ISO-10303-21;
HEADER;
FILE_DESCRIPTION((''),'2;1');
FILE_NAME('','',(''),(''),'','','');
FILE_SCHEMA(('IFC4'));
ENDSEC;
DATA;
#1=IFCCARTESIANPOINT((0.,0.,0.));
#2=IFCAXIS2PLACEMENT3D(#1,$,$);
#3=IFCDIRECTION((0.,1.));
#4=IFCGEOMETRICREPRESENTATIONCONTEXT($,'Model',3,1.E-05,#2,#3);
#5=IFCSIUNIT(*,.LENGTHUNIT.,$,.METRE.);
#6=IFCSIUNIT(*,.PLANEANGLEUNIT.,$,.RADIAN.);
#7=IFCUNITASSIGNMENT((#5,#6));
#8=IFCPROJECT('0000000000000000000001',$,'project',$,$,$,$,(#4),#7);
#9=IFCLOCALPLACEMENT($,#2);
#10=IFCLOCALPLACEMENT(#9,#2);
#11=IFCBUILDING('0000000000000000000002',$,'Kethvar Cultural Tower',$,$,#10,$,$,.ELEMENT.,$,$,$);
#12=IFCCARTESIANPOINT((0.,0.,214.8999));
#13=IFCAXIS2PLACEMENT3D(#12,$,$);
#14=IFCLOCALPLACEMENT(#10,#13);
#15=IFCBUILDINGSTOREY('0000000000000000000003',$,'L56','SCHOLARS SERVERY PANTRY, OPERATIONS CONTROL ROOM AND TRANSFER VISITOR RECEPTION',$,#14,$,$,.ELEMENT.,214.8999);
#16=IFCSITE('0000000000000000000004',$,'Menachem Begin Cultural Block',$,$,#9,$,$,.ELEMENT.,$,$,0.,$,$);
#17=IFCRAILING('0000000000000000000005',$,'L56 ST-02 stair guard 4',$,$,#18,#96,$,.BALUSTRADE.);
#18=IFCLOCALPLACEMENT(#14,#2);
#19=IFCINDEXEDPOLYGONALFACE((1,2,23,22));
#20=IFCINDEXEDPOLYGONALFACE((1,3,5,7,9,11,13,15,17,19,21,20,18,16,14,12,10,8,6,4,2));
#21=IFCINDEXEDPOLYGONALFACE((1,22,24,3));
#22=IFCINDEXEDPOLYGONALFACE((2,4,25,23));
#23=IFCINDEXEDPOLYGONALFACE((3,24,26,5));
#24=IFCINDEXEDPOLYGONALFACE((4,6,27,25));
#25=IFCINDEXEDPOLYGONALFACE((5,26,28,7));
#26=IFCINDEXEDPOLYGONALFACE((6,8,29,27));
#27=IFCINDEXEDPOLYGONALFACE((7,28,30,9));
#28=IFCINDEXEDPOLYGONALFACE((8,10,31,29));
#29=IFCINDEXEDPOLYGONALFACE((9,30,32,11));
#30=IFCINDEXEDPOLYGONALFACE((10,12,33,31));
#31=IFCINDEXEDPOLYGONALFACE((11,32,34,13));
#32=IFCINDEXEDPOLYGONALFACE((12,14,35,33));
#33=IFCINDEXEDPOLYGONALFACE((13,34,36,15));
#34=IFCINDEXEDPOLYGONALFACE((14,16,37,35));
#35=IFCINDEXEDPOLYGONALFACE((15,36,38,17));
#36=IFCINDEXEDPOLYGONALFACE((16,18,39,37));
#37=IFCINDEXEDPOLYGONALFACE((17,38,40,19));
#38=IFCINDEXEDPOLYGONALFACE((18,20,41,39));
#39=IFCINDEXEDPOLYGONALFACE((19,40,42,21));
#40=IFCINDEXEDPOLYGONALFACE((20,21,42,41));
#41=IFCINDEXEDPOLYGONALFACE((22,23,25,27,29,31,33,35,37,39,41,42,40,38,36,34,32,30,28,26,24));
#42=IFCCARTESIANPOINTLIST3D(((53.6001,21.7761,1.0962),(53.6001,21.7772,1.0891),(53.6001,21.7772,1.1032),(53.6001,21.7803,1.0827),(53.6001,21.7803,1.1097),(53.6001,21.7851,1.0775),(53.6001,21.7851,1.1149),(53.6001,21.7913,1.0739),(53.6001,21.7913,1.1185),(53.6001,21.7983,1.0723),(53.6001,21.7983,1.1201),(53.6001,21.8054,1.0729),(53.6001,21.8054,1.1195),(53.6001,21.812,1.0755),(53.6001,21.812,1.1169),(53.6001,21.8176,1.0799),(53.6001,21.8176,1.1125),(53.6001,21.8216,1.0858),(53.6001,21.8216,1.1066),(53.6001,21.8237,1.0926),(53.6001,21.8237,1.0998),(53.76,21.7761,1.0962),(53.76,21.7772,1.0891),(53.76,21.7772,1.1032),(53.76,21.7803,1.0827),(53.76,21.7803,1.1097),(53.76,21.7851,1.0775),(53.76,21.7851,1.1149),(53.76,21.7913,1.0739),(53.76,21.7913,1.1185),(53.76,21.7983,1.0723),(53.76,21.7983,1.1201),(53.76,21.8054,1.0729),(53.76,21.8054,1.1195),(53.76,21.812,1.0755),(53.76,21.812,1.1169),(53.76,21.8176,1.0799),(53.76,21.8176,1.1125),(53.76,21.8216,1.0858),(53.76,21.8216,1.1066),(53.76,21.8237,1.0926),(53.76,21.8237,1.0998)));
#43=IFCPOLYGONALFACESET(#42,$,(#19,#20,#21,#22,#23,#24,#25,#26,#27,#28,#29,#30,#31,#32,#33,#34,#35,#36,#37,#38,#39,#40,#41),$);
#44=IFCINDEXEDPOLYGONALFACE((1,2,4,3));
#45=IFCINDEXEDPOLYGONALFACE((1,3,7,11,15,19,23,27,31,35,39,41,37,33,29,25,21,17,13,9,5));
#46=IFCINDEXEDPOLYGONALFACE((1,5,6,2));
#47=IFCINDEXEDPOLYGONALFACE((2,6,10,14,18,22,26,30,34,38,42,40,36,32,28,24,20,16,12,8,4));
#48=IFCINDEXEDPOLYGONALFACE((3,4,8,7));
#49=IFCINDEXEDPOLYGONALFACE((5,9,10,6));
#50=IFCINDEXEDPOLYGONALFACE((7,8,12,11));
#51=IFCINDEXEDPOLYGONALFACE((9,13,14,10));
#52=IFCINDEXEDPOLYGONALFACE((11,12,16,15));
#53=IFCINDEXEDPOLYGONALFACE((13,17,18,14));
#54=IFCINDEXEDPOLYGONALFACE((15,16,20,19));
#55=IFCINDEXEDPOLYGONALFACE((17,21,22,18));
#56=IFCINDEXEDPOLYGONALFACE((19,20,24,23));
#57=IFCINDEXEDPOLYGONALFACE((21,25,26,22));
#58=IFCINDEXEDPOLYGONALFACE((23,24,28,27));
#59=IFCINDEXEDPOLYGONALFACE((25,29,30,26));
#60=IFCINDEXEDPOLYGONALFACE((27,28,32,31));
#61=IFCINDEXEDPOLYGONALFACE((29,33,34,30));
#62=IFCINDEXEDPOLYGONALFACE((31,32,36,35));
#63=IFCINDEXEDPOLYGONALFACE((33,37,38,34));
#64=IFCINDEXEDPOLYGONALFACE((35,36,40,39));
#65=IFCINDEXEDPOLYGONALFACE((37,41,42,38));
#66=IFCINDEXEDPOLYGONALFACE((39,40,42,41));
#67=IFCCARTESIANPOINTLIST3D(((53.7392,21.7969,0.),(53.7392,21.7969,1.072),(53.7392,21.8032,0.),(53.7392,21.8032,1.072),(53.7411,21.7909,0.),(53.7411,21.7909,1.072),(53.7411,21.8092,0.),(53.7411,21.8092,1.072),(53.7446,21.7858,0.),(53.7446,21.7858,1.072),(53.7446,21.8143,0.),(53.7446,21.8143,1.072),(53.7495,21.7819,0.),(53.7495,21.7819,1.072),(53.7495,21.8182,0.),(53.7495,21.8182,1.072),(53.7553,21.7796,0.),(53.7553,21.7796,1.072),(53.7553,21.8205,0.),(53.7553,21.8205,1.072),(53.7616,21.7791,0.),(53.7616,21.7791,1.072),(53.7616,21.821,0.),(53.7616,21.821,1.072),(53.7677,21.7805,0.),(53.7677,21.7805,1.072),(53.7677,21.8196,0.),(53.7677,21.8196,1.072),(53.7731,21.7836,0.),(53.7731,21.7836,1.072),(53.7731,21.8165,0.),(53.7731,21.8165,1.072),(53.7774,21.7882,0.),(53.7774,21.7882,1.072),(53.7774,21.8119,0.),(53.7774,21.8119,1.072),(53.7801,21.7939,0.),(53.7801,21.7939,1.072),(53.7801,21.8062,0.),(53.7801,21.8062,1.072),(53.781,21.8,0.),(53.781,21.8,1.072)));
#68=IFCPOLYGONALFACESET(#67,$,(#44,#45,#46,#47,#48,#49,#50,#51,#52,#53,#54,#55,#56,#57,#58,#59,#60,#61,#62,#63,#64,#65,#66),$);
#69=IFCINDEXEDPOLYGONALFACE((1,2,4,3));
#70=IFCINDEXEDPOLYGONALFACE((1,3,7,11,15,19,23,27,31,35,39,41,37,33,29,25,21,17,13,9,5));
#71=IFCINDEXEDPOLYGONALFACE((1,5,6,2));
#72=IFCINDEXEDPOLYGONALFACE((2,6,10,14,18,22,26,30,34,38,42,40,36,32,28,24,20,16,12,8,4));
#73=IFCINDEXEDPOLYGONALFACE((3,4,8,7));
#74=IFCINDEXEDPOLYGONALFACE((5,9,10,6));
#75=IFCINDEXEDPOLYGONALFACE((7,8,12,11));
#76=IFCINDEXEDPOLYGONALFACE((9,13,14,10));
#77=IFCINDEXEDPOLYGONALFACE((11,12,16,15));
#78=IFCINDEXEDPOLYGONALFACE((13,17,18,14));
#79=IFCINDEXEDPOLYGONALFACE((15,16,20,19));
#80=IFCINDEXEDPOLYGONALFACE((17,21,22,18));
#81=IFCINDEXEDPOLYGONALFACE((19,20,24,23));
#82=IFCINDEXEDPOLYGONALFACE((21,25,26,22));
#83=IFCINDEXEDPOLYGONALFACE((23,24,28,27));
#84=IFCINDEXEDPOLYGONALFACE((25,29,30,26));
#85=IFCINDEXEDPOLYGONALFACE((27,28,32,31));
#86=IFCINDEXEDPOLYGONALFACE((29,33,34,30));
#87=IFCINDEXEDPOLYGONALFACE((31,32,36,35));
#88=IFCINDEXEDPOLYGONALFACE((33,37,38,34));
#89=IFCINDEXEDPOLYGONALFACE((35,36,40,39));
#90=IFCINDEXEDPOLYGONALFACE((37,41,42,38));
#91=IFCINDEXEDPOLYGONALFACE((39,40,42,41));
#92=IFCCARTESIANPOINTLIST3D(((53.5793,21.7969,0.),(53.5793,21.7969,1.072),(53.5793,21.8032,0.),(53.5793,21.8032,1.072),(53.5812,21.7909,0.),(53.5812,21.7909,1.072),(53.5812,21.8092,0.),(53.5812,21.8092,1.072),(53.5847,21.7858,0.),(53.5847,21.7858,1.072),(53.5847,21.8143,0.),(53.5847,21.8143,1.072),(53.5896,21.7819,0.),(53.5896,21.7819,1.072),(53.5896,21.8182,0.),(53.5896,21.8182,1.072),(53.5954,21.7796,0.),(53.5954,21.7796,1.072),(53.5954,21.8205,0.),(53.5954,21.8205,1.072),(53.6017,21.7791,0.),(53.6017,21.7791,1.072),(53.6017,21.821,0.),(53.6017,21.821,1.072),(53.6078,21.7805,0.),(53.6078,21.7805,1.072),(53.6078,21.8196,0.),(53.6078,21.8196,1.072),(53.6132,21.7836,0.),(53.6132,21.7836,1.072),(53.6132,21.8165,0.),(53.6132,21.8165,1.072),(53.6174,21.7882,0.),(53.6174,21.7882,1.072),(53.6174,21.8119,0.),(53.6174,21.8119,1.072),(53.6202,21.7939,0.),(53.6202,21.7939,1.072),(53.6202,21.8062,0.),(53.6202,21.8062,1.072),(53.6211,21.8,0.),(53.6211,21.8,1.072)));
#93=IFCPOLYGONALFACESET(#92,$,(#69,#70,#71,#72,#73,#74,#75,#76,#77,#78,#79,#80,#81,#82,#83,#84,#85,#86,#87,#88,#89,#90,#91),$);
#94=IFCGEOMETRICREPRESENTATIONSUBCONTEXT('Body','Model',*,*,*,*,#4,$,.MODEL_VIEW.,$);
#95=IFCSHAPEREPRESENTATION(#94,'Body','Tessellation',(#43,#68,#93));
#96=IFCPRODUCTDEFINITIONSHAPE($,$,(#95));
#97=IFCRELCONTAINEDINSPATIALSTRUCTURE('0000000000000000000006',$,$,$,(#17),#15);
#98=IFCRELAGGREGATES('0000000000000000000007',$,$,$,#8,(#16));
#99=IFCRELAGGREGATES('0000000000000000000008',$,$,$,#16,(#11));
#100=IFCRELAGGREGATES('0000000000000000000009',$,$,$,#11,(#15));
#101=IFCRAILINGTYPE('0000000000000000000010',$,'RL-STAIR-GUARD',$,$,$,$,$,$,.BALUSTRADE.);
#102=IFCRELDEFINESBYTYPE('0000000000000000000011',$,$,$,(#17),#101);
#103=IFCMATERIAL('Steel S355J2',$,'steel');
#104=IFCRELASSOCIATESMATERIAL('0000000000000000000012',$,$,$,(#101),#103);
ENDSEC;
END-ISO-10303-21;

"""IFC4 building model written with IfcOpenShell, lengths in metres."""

from ifc_helpers import new_model, si_unit, direction, frame, origin, origin_2d, place, context, subcontext, project, spatial, circle, extrude, material, type_object, element, save


model = new_model("IFC4")

# Units and contexts
model_context = context("Model", 3, precision=1e-05, world=origin(), true_north=direction((0.0, 1.0)))
body_context = subcontext(model_context, "Body", "Model", "MODEL_VIEW")
ifc_project = project(units=[si_unit("LENGTHUNIT", "METRE"), si_unit("PLANEANGLEUNIT", "RADIAN")], contexts=[model_context])

# Site, building, storey
site_placement = place(None, origin())
site = spatial("IfcSite", under=ifc_project, at=site_placement, Name="Menachem Begin Cultural Block", CompositionType="ELEMENT", RefElevation=0.0)
building_placement = place(site_placement, origin())
building = spatial("IfcBuilding", under=site, at=building_placement, Name="Kethvar Cultural Tower", CompositionType="ELEMENT")
storey_placement = place(building_placement, frame((0.0, 0.0, 214.8999)))
storey = spatial("IfcBuildingStorey", under=building, at=storey_placement, Name="L56", Description="SCHOLARS SERVERY PANTRY, OPERATIONS CONTROL ROOM AND TRANSFER VISITOR RECEPTION", CompositionType="ELEMENT", Elevation=214.8999)

# Shared definitions
ifc_material_1 = material(Name="Steel S355J2", Category="steel")

# Railing
railing_type_1 = type_object("IfcRailingType", Name="RL-STAIR-GUARD", PredefinedType="BALUSTRADE", material=ifc_material_1)
railing_1_placement = place(storey_placement, frame((53.76, 21.8, 0.0)))
element("IfcRailing", 1, at=railing_1_placement, inside=storey, type_object=railing_type_1, Name="L56 ST-02 stair guard 4", PredefinedType="BALUSTRADE", context=body_context, shape_type="SweptSolid", body=[
    extrude(circle(Radius=0.0239, at=origin_2d()), frame((0.0, 0.0, 1.0962), z_axis=(-1.0, 0.0, 0.0), x_axis=(0.0, -1.0, 0.0)), (0.0, 0.0, 1.0), 0.1599),
    extrude(circle(Radius=0.021, at=origin_2d()), origin(), (0.0, 0.0, 1.0), 1.072),
    extrude(circle(Radius=0.021, at=origin_2d()), frame((-0.1599, 0.0, 0.0)), (0.0, 0.0, 1.0), 1.072),
])

save(model, "model.ifc")
